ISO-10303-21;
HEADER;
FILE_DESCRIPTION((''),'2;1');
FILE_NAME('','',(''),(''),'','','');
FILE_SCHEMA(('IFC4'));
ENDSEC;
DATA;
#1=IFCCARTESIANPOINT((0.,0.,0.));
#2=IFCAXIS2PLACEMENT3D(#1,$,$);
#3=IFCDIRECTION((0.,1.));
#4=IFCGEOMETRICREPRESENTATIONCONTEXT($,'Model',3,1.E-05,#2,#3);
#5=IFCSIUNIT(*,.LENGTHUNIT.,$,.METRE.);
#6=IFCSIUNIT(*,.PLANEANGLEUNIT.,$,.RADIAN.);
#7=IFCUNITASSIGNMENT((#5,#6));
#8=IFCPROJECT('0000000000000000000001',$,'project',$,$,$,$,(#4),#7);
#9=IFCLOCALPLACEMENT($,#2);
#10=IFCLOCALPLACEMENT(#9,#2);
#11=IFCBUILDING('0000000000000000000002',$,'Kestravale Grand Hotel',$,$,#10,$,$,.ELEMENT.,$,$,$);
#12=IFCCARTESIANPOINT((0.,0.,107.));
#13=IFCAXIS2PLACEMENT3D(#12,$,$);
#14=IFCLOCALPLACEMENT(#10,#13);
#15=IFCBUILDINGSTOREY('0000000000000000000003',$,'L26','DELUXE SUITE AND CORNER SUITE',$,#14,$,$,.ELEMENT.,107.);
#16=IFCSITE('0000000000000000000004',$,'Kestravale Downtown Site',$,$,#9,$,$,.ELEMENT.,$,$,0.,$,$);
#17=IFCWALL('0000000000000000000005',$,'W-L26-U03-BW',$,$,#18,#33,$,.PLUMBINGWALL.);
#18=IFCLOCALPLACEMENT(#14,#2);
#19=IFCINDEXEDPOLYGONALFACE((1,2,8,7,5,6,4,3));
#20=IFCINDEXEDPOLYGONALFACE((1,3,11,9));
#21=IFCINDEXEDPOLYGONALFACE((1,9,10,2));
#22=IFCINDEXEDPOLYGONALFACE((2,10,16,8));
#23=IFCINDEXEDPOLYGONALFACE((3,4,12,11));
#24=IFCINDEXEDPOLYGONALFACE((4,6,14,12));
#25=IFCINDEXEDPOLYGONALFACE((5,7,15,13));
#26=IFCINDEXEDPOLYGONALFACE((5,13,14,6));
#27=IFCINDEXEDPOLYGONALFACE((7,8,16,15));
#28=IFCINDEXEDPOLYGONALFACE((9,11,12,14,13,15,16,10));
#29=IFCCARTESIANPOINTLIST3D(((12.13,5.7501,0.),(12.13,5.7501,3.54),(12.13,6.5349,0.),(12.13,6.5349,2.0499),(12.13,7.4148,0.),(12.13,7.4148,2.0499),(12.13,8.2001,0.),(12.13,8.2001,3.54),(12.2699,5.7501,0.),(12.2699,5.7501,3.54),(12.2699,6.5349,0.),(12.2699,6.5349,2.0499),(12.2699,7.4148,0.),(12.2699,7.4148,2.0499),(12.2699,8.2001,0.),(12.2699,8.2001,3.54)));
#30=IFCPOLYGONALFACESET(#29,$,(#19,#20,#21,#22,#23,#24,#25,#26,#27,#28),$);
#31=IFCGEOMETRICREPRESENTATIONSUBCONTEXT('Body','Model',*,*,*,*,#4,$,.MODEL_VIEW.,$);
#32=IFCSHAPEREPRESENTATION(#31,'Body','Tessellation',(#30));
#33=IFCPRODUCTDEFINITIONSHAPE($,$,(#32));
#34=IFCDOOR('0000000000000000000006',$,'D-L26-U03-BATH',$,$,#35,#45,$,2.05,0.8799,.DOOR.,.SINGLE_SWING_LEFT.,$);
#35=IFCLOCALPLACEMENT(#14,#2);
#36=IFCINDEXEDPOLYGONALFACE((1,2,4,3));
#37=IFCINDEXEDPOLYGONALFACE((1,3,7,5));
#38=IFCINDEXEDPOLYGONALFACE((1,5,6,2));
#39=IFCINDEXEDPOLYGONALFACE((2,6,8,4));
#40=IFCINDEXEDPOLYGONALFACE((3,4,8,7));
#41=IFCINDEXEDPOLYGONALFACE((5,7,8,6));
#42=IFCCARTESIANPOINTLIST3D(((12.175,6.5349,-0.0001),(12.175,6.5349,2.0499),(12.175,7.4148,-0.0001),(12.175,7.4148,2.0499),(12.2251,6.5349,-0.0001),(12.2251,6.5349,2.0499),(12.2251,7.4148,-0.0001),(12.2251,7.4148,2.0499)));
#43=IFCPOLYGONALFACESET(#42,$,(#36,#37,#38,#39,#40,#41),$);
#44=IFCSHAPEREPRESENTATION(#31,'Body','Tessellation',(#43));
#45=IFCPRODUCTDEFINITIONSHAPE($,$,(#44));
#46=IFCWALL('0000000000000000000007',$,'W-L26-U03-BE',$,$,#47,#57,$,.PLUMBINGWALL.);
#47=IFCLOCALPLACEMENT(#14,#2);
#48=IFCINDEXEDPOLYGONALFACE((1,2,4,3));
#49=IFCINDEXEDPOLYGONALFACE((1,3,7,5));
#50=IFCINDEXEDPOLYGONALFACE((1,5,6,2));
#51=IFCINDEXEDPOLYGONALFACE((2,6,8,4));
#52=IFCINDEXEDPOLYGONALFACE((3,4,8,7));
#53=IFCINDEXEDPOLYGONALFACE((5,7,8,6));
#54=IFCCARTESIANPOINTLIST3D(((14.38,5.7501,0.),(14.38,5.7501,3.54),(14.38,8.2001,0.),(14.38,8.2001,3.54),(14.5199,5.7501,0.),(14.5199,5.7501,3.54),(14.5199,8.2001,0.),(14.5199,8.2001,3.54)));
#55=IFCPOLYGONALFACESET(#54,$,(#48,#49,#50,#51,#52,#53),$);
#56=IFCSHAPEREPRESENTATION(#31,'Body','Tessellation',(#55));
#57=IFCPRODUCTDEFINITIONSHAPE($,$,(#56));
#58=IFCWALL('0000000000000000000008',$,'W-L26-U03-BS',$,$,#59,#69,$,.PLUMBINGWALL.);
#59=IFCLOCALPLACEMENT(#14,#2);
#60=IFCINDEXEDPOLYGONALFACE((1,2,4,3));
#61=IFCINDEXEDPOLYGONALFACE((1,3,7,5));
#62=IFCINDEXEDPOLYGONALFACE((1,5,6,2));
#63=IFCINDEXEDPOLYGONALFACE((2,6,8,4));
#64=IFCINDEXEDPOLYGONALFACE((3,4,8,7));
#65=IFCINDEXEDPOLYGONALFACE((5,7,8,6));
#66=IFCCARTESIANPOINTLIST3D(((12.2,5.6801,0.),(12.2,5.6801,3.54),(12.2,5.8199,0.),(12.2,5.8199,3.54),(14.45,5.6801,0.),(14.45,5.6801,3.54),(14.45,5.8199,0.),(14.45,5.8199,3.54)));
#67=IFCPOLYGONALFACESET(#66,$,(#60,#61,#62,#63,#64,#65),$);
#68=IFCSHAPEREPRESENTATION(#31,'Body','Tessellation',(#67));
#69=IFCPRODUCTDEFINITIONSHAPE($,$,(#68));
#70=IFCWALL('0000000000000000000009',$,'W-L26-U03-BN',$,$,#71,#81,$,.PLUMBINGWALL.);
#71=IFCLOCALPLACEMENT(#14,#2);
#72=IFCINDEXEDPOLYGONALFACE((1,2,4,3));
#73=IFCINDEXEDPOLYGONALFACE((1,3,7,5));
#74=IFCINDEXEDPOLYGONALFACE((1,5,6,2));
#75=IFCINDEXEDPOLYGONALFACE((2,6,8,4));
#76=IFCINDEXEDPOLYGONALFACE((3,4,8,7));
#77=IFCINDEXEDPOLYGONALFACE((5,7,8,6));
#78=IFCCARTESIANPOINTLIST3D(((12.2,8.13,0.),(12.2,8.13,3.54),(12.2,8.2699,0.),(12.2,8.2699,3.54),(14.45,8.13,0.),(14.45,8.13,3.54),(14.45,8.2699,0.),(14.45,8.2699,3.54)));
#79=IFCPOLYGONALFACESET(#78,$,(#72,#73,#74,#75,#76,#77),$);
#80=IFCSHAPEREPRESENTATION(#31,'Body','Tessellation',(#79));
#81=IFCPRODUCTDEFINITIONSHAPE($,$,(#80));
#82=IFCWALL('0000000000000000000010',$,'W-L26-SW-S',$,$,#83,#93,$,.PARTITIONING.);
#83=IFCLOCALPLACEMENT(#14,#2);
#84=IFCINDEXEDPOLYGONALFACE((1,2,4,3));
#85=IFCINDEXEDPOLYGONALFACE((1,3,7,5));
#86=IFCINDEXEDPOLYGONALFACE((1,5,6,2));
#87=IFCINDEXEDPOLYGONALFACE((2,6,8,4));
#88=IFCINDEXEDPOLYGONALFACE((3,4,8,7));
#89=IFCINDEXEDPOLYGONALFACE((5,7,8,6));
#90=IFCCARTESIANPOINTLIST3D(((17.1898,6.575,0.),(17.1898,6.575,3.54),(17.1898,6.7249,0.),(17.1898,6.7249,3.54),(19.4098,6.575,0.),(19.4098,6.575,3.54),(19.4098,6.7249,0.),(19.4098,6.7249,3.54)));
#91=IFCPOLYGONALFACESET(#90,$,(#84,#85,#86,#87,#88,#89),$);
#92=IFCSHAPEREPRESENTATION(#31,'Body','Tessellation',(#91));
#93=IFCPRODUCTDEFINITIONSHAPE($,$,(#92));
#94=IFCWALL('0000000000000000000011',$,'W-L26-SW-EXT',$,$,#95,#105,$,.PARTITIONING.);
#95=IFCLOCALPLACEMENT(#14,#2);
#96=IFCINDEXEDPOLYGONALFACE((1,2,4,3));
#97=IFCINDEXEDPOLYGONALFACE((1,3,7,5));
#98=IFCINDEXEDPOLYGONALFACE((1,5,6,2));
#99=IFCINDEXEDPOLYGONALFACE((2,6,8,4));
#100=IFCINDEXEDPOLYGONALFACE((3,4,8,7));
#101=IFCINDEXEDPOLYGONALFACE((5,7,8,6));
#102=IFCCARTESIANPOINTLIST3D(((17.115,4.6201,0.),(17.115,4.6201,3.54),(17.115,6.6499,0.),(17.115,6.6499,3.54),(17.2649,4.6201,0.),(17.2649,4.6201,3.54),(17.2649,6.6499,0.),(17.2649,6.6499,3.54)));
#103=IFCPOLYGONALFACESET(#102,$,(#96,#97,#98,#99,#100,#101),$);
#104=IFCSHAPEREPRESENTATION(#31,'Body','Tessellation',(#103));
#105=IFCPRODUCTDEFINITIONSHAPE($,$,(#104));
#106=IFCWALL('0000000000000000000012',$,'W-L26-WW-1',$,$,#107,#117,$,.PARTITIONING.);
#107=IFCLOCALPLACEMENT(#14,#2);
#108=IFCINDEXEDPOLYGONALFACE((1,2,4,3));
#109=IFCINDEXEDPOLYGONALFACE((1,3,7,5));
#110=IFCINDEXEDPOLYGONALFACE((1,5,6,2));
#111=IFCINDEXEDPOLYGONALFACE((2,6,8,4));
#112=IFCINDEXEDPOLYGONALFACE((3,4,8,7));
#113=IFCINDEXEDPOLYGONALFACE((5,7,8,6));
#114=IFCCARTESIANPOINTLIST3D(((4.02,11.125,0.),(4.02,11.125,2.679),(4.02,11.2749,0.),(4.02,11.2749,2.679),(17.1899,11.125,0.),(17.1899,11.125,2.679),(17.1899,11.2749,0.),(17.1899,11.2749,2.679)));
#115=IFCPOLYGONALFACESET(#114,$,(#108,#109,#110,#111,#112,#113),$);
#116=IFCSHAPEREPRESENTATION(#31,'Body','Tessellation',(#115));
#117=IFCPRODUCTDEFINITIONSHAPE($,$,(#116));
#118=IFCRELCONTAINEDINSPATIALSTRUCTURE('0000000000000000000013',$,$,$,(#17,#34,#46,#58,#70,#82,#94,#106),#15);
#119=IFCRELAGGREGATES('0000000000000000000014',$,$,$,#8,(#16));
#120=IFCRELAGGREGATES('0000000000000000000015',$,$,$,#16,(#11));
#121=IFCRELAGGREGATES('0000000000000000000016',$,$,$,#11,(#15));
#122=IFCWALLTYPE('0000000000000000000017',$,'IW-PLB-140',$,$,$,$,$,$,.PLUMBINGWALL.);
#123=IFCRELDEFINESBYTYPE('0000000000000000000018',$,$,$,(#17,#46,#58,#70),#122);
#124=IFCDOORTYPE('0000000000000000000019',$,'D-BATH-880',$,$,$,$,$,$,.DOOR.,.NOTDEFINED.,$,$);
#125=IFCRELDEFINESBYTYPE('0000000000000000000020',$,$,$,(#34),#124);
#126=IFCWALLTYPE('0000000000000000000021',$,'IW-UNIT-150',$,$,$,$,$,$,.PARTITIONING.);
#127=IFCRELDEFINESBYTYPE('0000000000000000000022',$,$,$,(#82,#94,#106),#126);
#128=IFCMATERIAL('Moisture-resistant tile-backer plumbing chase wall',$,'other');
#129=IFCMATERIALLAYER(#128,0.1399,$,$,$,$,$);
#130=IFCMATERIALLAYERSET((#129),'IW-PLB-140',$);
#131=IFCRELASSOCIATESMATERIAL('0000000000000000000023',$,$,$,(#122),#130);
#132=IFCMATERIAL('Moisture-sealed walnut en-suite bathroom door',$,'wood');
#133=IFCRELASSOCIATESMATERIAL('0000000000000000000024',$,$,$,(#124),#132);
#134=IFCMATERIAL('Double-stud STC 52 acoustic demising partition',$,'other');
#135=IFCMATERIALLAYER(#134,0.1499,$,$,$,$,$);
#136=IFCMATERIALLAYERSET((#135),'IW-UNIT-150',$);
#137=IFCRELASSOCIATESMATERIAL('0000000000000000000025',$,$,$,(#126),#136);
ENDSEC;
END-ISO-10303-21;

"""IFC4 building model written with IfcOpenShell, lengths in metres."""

from ifc_helpers import new_model, si_unit, direction, frame, frame_2d, origin, place, context, subcontext, project, spatial, rectangle, extrude, material, layer, layer_set, type_object, element, fill, save


model = new_model("IFC4")

# Units and contexts
model_context = context("Model", 3, precision=1e-05, world=origin(), true_north=direction((0.0, 1.0)))
body_context = subcontext(model_context, "Body", "Model", "MODEL_VIEW")
ifc_project = project(units=[si_unit("LENGTHUNIT", "METRE"), si_unit("PLANEANGLEUNIT", "RADIAN")], contexts=[model_context])

# Site, building, storey
site_placement = place(None, origin())
site = spatial("IfcSite", under=ifc_project, at=site_placement, Name="Kestravale Downtown Site", CompositionType="ELEMENT", RefElevation=0.0)
building_placement = place(site_placement, origin())
building = spatial("IfcBuilding", under=site, at=building_placement, Name="Kestravale Grand Hotel", CompositionType="ELEMENT")
storey_placement = place(building_placement, frame((0.0, 0.0, 107.0)))
storey = spatial("IfcBuildingStorey", under=building, at=storey_placement, Name="L26", Description="DELUXE SUITE AND CORNER SUITE", CompositionType="ELEMENT", Elevation=107.0)

# Wall, opening, door
ifc_material_1 = material(Name="Moisture-resistant tile-backer plumbing chase wall", Category="other")
ifc_layer_1 = layer(ifc_material_1, 0.1399)
ifc_layer_set_1 = layer_set([ifc_layer_1], Name="IW-PLB-140")
wall_type_1 = type_object("IfcWallType", Name="IW-PLB-140", PredefinedType="PLUMBINGWALL", material=ifc_layer_set_1)
wall_1_placement = place(storey_placement, frame((12.2, 5.75, 0.0), z_axis=(0.0, 0.0, 1.0), x_axis=(0.0, 1.0, 0.0)))
wall_1 = element("IfcWall", 1, at=wall_1_placement, inside=storey, type_object=wall_type_1, Name="W-L26-U03-BW", PredefinedType="PLUMBINGWALL", context=body_context, shape_type="SweptSolid", body=[
    extrude(rectangle(XDim=2.45, YDim=0.1399, at=frame_2d((1.2251, 0.0))), origin(), (0.0, 0.0, 1.0), 3.54),
])
opening_1_placement = place(wall_1_placement, frame((0.7849, 0.0, 0.0)))
opening_1 = element("IfcOpeningElement", 2, at=opening_1_placement, cuts=wall_1, PredefinedType="OPENING", context=body_context, shape_type="SweptSolid", body=[
    extrude(rectangle(XDim=0.8799, YDim=2.05, at=frame_2d((0.4399, 1.0249))), frame((0.0, 0.0798, 0.0), z_axis=(0.0, -1.0, 0.0), x_axis=(1.0, 0.0, 0.0)), (0.0, 0.0, 1.0), 0.1599),
])
ifc_material_2 = material(Name="Moisture-sealed walnut en-suite bathroom door", Category="wood")
door_type_1 = type_object("IfcDoorType", Name="D-BATH-880", OperationType="NOTDEFINED", PredefinedType="DOOR", material=ifc_material_2)
door_1_placement = place(opening_1_placement, origin())
door_1 = element("IfcDoor", 3, at=door_1_placement, inside=storey, type_object=door_type_1, Name="D-L26-U03-BATH", OperationType="SINGLE_SWING_LEFT", OverallHeight=2.05, OverallWidth=0.8799, PredefinedType="DOOR", context=body_context, shape_type="SweptSolid", body=[
    extrude(rectangle(XDim=0.8799, YDim=2.05, at=frame_2d((0.4399, 1.0249))), frame((0.0, 0.0249, 0.0), z_axis=(0.0, -1.0, 0.0), x_axis=(1.0, 0.0, 0.0)), (0.0, 0.0, 1.0), 0.05),
])
fill(opening_1, door_1)

# Walls
wall_2_placement = place(storey_placement, frame((14.45, 5.75, 0.0), z_axis=(0.0, 0.0, 1.0), x_axis=(0.0, 1.0, 0.0)))
element("IfcWall", 4, at=wall_2_placement, inside=storey, type_object=wall_type_1, Name="W-L26-U03-BE", PredefinedType="PLUMBINGWALL", context=body_context, shape_type="SweptSolid", body=[
    extrude(rectangle(XDim=2.45, YDim=0.1399, at=frame_2d((1.2251, 0.0))), origin(), (0.0, 0.0, 1.0), 3.54),
])
for number, where, z_axis, x_axis, name in (
    (5, (12.2, 5.75, 0.0), (0.0, 0.0, 1.0), (1.0, 0.0, 0.0), "W-L26-U03-BS"),
    (6, (12.2, 8.2, 0.0), (0.0, 0.0, 1.0), (1.0, 0.0, 0.0), "W-L26-U03-BN"),
):
    element("IfcWall", number, at=place(storey_placement, frame(where, z_axis=z_axis, x_axis=x_axis)), inside=storey, type_object=wall_type_1, Name=name, PredefinedType="PLUMBINGWALL", context=body_context, shape_type="SweptSolid", body=[
        extrude(rectangle(XDim=2.25, YDim=0.1399, at=frame_2d((1.125, 0.0))), origin(), (0.0, 0.0, 1.0), 3.54),
    ])
ifc_material_3 = material(Name="Double-stud STC 52 acoustic demising partition", Category="other")
ifc_layer_2 = layer(ifc_material_3, 0.1499)
ifc_layer_set_2 = layer_set([ifc_layer_2], Name="IW-UNIT-150")
wall_type_2 = type_object("IfcWallType", Name="IW-UNIT-150", PredefinedType="PARTITIONING", material=ifc_layer_set_2)
wall_3_placement = place(storey_placement, frame((17.1899, 6.6499, 0.0), z_axis=(0.0, 0.0, 1.0), x_axis=(1.0, 0.0, 0.0)))
element("IfcWall", 7, at=wall_3_placement, inside=storey, type_object=wall_type_2, Name="W-L26-SW-S", PredefinedType="PARTITIONING", context=body_context, shape_type="SweptSolid", body=[
    extrude(rectangle(XDim=2.22, YDim=0.1499, at=frame_2d((1.1099, 0.0))), origin(), (0.0, 0.0, 1.0), 3.54),
])
wall_4_placement = place(storey_placement, frame((17.1899, 4.6201, 0.0), z_axis=(0.0, 0.0, 1.0), x_axis=(0.0, 1.0, 0.0)))
element("IfcWall", 8, at=wall_4_placement, inside=storey, type_object=wall_type_2, Name="W-L26-SW-EXT", PredefinedType="PARTITIONING", context=body_context, shape_type="SweptSolid", body=[
    extrude(rectangle(XDim=2.0298, YDim=0.1499, at=frame_2d((1.0149, 0.0))), origin(), (0.0, 0.0, 1.0), 3.54),
])
wall_5_placement = place(storey_placement, frame((4.02, 11.2, 0.0), z_axis=(0.0, 0.0, 1.0), x_axis=(1.0, 0.0, 0.0)))
element("IfcWall", 9, at=wall_5_placement, inside=storey, type_object=wall_type_2, Name="W-L26-WW-1", PredefinedType="PARTITIONING", context=body_context, shape_type="SweptSolid", body=[
    extrude(rectangle(XDim=13.1699, YDim=0.1499, at=frame_2d((6.585, 0.0))), origin(), (0.0, 0.0, 1.0), 2.679),
])

save(model, "model.ifc")
